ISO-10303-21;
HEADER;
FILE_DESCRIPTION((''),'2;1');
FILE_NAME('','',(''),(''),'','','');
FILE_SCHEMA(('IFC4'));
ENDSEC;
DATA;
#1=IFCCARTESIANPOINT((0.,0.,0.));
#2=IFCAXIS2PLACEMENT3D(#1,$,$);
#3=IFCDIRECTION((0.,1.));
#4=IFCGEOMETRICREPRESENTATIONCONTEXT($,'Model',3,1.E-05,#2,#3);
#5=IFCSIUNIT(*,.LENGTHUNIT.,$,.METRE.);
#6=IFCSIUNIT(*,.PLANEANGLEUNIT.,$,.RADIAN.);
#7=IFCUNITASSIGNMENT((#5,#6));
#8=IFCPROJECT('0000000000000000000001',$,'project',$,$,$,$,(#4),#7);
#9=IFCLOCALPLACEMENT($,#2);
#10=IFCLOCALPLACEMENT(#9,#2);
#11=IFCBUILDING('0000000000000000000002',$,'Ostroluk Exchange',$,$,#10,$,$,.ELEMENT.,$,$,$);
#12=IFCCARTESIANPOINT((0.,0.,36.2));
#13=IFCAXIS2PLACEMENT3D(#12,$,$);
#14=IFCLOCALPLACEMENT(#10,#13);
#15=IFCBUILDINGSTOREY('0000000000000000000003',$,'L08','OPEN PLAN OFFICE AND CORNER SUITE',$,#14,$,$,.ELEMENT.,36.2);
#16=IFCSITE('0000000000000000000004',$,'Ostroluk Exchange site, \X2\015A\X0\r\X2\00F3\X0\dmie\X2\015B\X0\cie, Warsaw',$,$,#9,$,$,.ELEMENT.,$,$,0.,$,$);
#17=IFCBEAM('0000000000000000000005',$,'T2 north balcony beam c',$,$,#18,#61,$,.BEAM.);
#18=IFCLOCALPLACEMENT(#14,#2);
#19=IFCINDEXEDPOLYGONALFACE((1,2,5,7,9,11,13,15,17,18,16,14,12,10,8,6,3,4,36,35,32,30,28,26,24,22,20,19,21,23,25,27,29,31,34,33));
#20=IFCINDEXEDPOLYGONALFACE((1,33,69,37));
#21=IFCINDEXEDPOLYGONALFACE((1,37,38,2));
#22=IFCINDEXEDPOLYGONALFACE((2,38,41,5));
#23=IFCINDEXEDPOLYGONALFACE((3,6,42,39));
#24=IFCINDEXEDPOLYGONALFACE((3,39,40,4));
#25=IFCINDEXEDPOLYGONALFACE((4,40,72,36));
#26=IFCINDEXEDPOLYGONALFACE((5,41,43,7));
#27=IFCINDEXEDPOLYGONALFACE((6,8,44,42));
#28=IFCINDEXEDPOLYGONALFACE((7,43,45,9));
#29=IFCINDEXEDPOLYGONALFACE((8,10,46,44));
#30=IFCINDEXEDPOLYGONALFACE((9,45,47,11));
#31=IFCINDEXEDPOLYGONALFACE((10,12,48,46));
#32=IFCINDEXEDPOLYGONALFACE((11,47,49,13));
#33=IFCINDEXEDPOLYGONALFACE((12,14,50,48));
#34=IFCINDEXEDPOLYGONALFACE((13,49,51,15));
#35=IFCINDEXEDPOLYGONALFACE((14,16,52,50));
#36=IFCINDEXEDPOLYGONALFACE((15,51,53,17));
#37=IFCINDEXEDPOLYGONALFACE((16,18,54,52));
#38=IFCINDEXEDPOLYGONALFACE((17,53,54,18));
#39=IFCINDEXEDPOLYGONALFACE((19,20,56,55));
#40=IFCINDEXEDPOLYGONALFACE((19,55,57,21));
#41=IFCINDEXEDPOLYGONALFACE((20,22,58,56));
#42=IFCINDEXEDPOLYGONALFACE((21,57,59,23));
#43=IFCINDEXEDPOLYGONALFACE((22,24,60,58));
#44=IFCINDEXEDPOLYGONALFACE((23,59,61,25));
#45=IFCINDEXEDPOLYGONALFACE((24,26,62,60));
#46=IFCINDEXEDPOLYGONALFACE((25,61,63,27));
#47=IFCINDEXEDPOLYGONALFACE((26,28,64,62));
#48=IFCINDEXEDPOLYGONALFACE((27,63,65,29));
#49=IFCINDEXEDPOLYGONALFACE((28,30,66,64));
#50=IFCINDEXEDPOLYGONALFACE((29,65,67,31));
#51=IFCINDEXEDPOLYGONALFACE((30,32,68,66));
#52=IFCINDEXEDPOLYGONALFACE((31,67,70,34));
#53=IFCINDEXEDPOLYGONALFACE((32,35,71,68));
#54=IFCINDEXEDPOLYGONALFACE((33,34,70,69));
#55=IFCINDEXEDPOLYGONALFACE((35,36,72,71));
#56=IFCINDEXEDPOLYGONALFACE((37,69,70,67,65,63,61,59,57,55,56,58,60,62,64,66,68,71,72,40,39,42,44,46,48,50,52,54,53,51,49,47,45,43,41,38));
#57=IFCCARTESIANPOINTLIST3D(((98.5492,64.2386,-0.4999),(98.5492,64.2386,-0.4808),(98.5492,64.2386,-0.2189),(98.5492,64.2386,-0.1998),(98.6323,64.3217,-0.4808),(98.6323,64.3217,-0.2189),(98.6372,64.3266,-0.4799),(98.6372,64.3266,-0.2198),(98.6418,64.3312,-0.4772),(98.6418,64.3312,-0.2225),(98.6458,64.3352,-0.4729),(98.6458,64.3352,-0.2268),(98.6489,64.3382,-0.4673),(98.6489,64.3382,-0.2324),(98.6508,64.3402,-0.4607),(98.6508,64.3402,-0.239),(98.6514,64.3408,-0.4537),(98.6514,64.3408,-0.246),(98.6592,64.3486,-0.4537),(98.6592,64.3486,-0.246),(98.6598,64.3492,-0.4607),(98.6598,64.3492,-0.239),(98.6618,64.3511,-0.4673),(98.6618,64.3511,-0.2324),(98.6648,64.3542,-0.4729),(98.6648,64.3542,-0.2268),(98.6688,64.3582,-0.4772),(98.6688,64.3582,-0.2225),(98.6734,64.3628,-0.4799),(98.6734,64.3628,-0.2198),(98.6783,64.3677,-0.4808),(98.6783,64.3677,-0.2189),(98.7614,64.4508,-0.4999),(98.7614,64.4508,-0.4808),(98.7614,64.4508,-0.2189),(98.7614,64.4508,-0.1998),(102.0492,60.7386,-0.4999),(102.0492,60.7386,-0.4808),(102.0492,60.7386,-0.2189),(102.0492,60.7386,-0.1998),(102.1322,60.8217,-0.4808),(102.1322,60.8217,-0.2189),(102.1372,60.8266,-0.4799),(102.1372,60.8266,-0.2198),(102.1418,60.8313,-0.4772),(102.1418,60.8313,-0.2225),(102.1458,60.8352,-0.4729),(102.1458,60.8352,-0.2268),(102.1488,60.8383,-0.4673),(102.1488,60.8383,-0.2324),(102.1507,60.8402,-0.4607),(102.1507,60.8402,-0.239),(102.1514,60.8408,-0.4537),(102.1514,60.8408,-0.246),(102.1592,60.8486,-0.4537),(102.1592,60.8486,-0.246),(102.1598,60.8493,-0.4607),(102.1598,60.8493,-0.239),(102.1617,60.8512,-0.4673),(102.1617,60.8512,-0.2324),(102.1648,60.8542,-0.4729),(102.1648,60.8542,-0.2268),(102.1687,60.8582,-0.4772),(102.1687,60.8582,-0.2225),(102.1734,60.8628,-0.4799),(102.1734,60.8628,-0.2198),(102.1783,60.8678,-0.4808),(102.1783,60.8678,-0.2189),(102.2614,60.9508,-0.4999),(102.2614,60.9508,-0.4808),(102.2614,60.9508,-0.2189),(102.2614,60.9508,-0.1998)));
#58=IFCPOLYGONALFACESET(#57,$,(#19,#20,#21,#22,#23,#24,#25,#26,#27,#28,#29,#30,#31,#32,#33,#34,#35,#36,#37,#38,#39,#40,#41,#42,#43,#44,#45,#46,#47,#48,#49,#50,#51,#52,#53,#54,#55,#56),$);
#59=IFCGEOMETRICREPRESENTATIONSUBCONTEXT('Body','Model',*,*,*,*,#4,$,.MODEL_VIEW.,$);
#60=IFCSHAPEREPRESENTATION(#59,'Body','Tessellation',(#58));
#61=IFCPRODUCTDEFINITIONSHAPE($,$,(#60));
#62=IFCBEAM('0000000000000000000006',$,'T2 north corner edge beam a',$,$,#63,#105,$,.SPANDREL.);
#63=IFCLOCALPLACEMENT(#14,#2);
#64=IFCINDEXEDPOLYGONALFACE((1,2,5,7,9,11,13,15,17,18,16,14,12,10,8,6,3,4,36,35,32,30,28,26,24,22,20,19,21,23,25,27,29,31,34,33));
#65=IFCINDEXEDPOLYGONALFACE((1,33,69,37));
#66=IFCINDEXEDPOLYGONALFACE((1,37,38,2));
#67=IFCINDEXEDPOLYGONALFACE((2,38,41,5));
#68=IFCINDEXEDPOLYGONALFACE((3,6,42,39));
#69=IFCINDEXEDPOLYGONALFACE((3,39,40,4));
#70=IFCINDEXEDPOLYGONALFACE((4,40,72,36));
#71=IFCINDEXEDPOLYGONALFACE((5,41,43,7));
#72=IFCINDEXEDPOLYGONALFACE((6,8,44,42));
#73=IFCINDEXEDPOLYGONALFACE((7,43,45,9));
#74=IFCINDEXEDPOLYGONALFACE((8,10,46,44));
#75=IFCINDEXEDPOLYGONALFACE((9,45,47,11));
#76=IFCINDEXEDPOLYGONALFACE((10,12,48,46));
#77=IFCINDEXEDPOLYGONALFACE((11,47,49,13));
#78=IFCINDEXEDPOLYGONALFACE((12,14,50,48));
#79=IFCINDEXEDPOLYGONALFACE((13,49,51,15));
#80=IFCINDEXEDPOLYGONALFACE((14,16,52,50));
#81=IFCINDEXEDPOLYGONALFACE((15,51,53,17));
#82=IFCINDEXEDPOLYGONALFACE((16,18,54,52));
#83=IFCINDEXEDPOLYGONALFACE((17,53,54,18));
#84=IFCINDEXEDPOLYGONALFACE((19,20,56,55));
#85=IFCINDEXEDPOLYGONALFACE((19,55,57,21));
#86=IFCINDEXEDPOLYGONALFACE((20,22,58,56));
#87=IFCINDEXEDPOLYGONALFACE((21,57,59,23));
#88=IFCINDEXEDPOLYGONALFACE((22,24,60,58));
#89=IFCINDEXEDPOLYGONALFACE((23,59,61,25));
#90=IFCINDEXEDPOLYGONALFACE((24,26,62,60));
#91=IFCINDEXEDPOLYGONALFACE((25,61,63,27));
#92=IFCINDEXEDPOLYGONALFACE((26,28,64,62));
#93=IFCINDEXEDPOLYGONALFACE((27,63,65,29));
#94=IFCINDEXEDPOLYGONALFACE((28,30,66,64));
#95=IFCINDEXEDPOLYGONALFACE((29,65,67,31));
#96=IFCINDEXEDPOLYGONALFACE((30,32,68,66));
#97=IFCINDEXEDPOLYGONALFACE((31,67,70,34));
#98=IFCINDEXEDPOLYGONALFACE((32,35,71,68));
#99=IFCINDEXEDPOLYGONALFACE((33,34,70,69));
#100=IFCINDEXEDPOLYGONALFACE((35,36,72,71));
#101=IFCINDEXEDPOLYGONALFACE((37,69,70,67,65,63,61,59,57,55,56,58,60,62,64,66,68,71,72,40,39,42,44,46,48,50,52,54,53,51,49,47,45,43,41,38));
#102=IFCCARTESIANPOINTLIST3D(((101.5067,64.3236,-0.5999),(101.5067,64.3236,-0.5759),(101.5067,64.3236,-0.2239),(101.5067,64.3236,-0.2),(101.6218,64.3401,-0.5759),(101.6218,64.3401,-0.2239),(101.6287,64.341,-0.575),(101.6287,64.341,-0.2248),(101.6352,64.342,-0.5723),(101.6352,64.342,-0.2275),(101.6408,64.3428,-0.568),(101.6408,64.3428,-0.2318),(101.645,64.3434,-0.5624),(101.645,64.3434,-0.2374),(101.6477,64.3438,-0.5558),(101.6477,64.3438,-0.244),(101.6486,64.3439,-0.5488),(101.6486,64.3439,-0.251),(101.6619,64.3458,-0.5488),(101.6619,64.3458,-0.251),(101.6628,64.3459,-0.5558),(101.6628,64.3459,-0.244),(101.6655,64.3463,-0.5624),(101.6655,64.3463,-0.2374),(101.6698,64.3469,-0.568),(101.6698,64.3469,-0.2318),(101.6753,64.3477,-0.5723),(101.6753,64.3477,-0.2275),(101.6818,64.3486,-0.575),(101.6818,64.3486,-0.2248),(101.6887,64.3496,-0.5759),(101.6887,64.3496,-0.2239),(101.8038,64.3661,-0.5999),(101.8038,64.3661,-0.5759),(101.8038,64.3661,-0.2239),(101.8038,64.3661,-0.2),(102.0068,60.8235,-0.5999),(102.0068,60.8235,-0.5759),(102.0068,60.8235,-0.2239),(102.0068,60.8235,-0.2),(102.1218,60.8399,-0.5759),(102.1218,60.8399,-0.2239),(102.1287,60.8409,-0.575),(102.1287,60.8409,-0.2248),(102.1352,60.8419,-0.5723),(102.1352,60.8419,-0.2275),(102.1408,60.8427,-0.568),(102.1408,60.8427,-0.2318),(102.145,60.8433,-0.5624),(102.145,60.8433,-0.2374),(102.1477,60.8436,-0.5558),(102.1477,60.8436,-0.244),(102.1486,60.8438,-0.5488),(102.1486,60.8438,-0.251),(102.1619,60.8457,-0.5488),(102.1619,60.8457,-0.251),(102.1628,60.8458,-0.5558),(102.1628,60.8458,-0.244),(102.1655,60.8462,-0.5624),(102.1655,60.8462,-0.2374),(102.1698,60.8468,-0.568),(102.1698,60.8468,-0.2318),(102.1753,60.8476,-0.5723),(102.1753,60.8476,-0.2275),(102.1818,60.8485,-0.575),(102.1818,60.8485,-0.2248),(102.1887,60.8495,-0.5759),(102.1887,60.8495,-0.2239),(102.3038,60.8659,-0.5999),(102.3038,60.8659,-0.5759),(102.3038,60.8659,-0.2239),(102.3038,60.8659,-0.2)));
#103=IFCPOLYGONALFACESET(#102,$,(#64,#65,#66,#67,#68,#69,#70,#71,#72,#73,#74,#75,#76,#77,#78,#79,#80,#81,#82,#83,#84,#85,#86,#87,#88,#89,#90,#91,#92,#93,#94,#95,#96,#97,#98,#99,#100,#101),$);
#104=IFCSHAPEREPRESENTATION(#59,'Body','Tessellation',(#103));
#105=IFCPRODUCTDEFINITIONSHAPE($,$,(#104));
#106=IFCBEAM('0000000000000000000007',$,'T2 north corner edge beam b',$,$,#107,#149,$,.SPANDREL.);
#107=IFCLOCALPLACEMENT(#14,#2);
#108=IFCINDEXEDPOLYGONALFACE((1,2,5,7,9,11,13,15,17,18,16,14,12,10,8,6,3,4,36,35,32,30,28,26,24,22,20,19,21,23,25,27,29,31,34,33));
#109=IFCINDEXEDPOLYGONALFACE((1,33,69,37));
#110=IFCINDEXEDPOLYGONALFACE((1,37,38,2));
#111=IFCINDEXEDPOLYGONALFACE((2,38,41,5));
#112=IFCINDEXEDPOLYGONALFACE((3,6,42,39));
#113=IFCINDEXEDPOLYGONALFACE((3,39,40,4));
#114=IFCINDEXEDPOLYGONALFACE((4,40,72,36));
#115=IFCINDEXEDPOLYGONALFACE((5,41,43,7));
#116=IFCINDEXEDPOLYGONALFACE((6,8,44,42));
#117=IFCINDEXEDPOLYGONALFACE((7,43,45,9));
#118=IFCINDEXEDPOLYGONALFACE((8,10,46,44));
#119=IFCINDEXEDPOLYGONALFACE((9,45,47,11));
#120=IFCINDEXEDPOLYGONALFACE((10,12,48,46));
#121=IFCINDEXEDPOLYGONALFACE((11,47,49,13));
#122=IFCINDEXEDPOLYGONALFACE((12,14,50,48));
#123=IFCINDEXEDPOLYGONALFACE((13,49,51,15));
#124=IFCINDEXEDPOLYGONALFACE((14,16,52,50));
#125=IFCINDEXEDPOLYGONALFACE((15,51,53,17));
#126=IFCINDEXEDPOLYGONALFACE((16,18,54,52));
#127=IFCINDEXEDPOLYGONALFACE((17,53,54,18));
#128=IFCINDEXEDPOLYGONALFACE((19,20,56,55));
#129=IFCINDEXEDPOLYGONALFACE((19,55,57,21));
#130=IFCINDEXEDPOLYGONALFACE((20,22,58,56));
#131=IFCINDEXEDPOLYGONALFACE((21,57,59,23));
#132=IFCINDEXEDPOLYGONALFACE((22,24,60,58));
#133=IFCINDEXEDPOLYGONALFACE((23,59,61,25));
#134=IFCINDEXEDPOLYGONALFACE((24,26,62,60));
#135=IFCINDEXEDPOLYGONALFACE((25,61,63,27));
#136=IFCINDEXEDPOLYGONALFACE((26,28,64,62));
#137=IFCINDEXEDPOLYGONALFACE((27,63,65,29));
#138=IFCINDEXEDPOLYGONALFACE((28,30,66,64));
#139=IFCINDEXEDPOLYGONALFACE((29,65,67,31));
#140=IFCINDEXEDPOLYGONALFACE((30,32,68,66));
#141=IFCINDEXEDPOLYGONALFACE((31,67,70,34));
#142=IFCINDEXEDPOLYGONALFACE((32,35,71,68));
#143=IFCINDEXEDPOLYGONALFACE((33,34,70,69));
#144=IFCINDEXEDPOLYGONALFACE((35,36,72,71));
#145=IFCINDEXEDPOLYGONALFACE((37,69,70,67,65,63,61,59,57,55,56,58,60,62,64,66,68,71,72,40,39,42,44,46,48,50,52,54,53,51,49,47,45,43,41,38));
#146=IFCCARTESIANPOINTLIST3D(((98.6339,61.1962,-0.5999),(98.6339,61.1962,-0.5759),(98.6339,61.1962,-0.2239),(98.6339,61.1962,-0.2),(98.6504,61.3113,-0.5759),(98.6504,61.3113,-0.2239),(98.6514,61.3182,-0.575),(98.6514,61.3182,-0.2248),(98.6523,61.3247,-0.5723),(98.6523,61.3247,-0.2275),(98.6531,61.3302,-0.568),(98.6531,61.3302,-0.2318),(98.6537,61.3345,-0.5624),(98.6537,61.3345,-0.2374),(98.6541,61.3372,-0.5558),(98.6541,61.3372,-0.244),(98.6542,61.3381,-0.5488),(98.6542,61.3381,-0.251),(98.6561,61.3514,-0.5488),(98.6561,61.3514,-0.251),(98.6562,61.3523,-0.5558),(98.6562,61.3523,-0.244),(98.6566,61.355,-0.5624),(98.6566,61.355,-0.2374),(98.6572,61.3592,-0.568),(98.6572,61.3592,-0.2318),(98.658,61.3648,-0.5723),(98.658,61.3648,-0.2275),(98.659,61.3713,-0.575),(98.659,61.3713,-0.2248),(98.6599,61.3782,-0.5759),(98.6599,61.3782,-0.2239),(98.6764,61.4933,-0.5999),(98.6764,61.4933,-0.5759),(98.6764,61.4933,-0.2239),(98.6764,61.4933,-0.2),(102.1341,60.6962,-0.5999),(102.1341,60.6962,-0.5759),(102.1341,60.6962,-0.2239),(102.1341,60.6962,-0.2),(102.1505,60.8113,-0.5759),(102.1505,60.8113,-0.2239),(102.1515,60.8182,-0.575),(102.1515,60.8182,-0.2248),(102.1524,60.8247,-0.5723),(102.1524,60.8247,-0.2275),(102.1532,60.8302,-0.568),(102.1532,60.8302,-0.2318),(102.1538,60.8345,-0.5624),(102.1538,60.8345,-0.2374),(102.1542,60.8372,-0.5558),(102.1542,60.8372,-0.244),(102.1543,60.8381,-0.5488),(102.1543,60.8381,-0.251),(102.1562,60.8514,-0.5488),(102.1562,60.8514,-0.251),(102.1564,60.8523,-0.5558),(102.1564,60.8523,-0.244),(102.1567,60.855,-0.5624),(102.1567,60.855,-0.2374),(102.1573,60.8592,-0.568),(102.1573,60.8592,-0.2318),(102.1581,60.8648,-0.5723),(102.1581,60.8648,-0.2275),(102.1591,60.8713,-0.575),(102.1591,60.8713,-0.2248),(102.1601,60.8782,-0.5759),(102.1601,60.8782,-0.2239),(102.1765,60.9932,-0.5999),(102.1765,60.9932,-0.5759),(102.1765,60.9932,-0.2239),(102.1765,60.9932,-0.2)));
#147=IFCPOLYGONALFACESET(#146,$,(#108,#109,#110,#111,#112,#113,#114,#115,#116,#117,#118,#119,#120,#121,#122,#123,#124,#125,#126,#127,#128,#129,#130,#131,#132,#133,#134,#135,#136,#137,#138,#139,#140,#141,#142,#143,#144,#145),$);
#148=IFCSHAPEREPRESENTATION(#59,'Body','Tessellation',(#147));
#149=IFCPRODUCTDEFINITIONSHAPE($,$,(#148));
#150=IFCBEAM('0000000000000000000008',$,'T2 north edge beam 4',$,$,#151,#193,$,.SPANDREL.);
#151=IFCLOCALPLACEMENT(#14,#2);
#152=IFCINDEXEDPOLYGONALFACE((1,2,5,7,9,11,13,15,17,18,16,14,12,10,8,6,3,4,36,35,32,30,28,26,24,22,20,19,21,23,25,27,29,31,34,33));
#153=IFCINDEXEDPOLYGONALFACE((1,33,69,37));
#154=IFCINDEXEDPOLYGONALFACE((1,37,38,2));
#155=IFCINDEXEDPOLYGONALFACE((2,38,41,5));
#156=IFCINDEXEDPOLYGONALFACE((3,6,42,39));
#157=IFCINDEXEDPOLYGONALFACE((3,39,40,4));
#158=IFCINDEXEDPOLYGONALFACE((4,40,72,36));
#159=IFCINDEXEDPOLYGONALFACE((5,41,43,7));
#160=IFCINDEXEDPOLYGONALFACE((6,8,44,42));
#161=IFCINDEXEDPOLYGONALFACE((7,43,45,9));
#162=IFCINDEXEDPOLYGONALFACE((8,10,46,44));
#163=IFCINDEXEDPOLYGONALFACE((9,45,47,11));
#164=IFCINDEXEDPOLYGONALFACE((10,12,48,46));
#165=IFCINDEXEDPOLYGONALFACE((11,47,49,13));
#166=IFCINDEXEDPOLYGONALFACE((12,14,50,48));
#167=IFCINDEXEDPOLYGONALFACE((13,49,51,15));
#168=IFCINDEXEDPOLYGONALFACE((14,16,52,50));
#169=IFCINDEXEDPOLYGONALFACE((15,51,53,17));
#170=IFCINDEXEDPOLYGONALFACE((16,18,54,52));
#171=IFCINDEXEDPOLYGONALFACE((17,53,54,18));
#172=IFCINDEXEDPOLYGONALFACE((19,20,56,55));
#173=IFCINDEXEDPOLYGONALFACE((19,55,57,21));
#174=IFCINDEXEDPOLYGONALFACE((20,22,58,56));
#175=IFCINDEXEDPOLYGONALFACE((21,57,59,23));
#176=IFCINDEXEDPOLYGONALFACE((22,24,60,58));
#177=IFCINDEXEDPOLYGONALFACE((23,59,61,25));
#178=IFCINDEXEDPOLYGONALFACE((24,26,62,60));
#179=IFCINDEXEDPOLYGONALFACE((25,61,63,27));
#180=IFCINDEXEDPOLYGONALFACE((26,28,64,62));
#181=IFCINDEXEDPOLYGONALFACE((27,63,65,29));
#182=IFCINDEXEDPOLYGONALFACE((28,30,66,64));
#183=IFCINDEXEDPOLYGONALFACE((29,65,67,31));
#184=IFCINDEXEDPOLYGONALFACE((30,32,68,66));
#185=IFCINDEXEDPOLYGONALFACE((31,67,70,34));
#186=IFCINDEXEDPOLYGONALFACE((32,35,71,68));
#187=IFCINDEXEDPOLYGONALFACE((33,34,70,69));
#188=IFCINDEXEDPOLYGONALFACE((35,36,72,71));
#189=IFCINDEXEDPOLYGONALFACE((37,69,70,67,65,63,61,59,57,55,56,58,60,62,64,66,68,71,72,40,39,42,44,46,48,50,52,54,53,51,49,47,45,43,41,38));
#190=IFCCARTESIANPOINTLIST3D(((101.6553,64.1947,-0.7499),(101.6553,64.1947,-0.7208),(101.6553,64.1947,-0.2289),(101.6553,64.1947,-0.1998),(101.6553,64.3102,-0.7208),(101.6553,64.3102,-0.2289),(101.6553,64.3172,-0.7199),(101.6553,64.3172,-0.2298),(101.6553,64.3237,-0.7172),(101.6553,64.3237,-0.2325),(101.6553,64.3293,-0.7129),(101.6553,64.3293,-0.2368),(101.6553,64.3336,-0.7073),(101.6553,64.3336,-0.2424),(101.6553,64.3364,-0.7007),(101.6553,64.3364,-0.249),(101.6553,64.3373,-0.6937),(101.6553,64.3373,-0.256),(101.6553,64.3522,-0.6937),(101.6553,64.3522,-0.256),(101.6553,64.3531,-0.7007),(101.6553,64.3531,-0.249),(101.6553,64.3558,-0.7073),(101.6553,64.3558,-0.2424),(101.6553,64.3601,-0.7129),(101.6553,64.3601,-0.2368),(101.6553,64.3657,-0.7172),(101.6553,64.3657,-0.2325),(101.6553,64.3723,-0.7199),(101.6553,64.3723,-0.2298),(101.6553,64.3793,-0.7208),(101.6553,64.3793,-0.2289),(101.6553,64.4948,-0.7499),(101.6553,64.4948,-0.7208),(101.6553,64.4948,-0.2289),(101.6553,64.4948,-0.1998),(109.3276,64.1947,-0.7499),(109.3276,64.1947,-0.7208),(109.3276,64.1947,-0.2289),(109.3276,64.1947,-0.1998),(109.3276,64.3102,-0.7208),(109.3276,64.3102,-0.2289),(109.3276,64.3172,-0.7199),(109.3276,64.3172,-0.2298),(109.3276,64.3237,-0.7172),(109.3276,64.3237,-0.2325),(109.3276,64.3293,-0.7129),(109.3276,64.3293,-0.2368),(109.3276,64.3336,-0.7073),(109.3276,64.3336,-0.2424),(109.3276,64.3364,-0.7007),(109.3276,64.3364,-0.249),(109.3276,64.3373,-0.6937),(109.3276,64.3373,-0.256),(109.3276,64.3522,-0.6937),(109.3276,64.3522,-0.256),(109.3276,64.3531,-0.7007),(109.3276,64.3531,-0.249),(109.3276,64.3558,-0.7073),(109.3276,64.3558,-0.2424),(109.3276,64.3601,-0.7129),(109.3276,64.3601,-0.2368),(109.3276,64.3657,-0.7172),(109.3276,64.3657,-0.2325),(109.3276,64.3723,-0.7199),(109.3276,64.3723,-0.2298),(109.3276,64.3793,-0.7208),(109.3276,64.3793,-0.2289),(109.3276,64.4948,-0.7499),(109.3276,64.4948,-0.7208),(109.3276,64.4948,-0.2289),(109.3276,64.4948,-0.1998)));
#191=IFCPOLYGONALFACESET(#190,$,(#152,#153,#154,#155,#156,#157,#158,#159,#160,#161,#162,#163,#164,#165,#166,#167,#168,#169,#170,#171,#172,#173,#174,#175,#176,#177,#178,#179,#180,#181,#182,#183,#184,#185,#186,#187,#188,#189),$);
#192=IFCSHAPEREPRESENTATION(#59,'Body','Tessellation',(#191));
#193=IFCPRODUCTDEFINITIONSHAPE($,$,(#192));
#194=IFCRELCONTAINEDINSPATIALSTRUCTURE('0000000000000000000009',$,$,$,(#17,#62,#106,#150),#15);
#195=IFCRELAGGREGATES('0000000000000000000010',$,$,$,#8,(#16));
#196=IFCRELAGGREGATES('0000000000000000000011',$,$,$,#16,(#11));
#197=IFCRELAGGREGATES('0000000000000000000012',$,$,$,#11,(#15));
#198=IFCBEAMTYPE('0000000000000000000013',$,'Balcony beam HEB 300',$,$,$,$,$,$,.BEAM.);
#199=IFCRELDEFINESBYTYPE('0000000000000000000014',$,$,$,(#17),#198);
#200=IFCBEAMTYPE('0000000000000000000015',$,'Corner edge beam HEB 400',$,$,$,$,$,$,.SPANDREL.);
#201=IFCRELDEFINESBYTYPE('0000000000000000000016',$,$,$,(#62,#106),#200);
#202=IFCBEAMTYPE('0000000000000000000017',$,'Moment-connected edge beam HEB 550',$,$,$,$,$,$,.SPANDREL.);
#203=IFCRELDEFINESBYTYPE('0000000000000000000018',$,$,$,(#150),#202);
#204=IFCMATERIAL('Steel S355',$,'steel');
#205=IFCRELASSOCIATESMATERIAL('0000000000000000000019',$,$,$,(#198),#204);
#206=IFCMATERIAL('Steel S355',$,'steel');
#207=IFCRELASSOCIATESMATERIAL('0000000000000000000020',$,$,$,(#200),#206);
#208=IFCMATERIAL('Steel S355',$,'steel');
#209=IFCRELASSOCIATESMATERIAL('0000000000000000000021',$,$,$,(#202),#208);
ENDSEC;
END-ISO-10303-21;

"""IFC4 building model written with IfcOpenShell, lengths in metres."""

from ifc_helpers import new_model, si_unit, direction, frame, origin, origin_2d, place, context, subcontext, project, spatial, i_section, extrude, material, material_profile, profile_set, type_object, element, save


model = new_model("IFC4")

# Units and contexts
model_context = context("Model", 3, precision=1e-05, world=origin(), true_north=direction((0.0, 1.0)))
body_context = subcontext(model_context, "Body", "Model", "MODEL_VIEW")
ifc_project = project(units=[si_unit("LENGTHUNIT", "METRE"), si_unit("PLANEANGLEUNIT", "RADIAN")], contexts=[model_context])

# Site, building, storey
site_placement = place(None, origin())
site = spatial("IfcSite", under=ifc_project, at=site_placement, Name="Ostroluk Exchange site, Śródmieście, Warsaw", CompositionType="ELEMENT", RefElevation=0.0)
building_placement = place(site_placement, origin())
building = spatial("IfcBuilding", under=site, at=building_placement, Name="Ostroluk Exchange", CompositionType="ELEMENT")
storey_placement = place(building_placement, frame((0.0, 0.0, 36.2)))
storey = spatial("IfcBuildingStorey", under=building, at=storey_placement, Name="L08", Description="OPEN PLAN OFFICE AND CORNER SUITE", CompositionType="ELEMENT", Elevation=36.2)

# Beams
ifc_material_1 = material(Name="Steel S355", Category="steel")
ifc_material_profile_1 = material_profile(ifc_material_1, i_section(OverallWidth=0.3, OverallDepth=0.3, WebThickness=0.011, FlangeThickness=0.019, FilletRadius=0.0271, at=origin_2d()), Name="HEB 300")
ifc_profile_set_1 = profile_set([ifc_material_profile_1], Name="Steel S355")
beam_type_1 = type_object("IfcBeamType", Name="Balcony beam HEB 300", PredefinedType="BEAM", material=ifc_profile_set_1)
beam_placement = place(storey_placement, frame((102.1553, 60.8447, -0.3499), z_axis=(-0.707107, 0.707107, 0.0), x_axis=(-0.707107, -0.707107, 0.0)))
element("IfcBeam", 1, at=beam_placement, inside=storey, type_object=beam_type_1, Name="T2 north balcony beam c", PredefinedType="BEAM", context=body_context, shape_type="SweptSolid", body=[
    extrude(i_section(OverallWidth=0.3, OverallDepth=0.3, WebThickness=0.011, FlangeThickness=0.019, FilletRadius=0.0271, at=origin_2d()), origin(), (0.0, 0.0, 1.0), 4.9497),
])
ifc_material_2 = material(Name="Steel S355", Category="steel")
ifc_material_profile_2 = material_profile(ifc_material_2, i_section(OverallWidth=0.3, OverallDepth=0.3999, WebThickness=0.0134, FlangeThickness=0.0239, FilletRadius=0.0271, at=origin_2d()), Name="HEB 400")
ifc_profile_set_2 = profile_set([ifc_material_profile_2], Name="Steel S355")
beam_type_2 = type_object("IfcBeamType", Name="Corner edge beam HEB 400", PredefinedType="SPANDREL", material=ifc_profile_set_2)
for number, where, z_axis, x_axis, name in (
    (2, (102.1553, 60.8447, -0.3999), (-0.141421, 0.989949, 0.0), (-0.989949, -0.141421, 0.0), "T2 north corner edge beam a"),
    (3, (102.1553, 60.8447, -0.3999), (-0.989949, 0.141421, 0.0), (-0.141421, -0.989949, 0.0), "T2 north corner edge beam b"),
):
    element("IfcBeam", number, at=place(storey_placement, frame(where, z_axis=z_axis, x_axis=x_axis)), inside=storey, type_object=beam_type_2, Name=name, PredefinedType="SPANDREL", context=body_context, shape_type="SweptSolid", body=[
        extrude(i_section(OverallWidth=0.3, OverallDepth=0.3999, WebThickness=0.0134, FlangeThickness=0.0239, FilletRadius=0.0271, at=origin_2d()), origin(), (0.0, 0.0, 1.0), 3.5356),
    ])
ifc_material_3 = material(Name="Steel S355", Category="steel")
ifc_material_profile_3 = material_profile(ifc_material_3, i_section(OverallWidth=0.3, OverallDepth=0.55, WebThickness=0.0149, FlangeThickness=0.0291, FilletRadius=0.0271, at=origin_2d()), Name="HEB 550")
ifc_profile_set_3 = profile_set([ifc_material_profile_3], Name="Steel S355")
beam_type_3 = type_object("IfcBeamType", Name="Moment-connected edge beam HEB 550", PredefinedType="SPANDREL", material=ifc_profile_set_3)
for number, where, z_axis, x_axis, name in (
    (4, (109.3276, 64.3447, -0.4749), (-1.0, 0.0, 0.0), (0.0, -1.0, 0.0), "T2 north edge beam 4"),
):
    element("IfcBeam", number, at=place(storey_placement, frame(where, z_axis=z_axis, x_axis=x_axis)), inside=storey, type_object=beam_type_3, Name=name, PredefinedType="SPANDREL", context=body_context, shape_type="SweptSolid", body=[
        extrude(i_section(OverallWidth=0.3, OverallDepth=0.55, WebThickness=0.0149, FlangeThickness=0.0291, FilletRadius=0.0271, at=origin_2d()), origin(), (0.0, 0.0, 1.0), 7.6724),
    ])

save(model, "model.ifc")
